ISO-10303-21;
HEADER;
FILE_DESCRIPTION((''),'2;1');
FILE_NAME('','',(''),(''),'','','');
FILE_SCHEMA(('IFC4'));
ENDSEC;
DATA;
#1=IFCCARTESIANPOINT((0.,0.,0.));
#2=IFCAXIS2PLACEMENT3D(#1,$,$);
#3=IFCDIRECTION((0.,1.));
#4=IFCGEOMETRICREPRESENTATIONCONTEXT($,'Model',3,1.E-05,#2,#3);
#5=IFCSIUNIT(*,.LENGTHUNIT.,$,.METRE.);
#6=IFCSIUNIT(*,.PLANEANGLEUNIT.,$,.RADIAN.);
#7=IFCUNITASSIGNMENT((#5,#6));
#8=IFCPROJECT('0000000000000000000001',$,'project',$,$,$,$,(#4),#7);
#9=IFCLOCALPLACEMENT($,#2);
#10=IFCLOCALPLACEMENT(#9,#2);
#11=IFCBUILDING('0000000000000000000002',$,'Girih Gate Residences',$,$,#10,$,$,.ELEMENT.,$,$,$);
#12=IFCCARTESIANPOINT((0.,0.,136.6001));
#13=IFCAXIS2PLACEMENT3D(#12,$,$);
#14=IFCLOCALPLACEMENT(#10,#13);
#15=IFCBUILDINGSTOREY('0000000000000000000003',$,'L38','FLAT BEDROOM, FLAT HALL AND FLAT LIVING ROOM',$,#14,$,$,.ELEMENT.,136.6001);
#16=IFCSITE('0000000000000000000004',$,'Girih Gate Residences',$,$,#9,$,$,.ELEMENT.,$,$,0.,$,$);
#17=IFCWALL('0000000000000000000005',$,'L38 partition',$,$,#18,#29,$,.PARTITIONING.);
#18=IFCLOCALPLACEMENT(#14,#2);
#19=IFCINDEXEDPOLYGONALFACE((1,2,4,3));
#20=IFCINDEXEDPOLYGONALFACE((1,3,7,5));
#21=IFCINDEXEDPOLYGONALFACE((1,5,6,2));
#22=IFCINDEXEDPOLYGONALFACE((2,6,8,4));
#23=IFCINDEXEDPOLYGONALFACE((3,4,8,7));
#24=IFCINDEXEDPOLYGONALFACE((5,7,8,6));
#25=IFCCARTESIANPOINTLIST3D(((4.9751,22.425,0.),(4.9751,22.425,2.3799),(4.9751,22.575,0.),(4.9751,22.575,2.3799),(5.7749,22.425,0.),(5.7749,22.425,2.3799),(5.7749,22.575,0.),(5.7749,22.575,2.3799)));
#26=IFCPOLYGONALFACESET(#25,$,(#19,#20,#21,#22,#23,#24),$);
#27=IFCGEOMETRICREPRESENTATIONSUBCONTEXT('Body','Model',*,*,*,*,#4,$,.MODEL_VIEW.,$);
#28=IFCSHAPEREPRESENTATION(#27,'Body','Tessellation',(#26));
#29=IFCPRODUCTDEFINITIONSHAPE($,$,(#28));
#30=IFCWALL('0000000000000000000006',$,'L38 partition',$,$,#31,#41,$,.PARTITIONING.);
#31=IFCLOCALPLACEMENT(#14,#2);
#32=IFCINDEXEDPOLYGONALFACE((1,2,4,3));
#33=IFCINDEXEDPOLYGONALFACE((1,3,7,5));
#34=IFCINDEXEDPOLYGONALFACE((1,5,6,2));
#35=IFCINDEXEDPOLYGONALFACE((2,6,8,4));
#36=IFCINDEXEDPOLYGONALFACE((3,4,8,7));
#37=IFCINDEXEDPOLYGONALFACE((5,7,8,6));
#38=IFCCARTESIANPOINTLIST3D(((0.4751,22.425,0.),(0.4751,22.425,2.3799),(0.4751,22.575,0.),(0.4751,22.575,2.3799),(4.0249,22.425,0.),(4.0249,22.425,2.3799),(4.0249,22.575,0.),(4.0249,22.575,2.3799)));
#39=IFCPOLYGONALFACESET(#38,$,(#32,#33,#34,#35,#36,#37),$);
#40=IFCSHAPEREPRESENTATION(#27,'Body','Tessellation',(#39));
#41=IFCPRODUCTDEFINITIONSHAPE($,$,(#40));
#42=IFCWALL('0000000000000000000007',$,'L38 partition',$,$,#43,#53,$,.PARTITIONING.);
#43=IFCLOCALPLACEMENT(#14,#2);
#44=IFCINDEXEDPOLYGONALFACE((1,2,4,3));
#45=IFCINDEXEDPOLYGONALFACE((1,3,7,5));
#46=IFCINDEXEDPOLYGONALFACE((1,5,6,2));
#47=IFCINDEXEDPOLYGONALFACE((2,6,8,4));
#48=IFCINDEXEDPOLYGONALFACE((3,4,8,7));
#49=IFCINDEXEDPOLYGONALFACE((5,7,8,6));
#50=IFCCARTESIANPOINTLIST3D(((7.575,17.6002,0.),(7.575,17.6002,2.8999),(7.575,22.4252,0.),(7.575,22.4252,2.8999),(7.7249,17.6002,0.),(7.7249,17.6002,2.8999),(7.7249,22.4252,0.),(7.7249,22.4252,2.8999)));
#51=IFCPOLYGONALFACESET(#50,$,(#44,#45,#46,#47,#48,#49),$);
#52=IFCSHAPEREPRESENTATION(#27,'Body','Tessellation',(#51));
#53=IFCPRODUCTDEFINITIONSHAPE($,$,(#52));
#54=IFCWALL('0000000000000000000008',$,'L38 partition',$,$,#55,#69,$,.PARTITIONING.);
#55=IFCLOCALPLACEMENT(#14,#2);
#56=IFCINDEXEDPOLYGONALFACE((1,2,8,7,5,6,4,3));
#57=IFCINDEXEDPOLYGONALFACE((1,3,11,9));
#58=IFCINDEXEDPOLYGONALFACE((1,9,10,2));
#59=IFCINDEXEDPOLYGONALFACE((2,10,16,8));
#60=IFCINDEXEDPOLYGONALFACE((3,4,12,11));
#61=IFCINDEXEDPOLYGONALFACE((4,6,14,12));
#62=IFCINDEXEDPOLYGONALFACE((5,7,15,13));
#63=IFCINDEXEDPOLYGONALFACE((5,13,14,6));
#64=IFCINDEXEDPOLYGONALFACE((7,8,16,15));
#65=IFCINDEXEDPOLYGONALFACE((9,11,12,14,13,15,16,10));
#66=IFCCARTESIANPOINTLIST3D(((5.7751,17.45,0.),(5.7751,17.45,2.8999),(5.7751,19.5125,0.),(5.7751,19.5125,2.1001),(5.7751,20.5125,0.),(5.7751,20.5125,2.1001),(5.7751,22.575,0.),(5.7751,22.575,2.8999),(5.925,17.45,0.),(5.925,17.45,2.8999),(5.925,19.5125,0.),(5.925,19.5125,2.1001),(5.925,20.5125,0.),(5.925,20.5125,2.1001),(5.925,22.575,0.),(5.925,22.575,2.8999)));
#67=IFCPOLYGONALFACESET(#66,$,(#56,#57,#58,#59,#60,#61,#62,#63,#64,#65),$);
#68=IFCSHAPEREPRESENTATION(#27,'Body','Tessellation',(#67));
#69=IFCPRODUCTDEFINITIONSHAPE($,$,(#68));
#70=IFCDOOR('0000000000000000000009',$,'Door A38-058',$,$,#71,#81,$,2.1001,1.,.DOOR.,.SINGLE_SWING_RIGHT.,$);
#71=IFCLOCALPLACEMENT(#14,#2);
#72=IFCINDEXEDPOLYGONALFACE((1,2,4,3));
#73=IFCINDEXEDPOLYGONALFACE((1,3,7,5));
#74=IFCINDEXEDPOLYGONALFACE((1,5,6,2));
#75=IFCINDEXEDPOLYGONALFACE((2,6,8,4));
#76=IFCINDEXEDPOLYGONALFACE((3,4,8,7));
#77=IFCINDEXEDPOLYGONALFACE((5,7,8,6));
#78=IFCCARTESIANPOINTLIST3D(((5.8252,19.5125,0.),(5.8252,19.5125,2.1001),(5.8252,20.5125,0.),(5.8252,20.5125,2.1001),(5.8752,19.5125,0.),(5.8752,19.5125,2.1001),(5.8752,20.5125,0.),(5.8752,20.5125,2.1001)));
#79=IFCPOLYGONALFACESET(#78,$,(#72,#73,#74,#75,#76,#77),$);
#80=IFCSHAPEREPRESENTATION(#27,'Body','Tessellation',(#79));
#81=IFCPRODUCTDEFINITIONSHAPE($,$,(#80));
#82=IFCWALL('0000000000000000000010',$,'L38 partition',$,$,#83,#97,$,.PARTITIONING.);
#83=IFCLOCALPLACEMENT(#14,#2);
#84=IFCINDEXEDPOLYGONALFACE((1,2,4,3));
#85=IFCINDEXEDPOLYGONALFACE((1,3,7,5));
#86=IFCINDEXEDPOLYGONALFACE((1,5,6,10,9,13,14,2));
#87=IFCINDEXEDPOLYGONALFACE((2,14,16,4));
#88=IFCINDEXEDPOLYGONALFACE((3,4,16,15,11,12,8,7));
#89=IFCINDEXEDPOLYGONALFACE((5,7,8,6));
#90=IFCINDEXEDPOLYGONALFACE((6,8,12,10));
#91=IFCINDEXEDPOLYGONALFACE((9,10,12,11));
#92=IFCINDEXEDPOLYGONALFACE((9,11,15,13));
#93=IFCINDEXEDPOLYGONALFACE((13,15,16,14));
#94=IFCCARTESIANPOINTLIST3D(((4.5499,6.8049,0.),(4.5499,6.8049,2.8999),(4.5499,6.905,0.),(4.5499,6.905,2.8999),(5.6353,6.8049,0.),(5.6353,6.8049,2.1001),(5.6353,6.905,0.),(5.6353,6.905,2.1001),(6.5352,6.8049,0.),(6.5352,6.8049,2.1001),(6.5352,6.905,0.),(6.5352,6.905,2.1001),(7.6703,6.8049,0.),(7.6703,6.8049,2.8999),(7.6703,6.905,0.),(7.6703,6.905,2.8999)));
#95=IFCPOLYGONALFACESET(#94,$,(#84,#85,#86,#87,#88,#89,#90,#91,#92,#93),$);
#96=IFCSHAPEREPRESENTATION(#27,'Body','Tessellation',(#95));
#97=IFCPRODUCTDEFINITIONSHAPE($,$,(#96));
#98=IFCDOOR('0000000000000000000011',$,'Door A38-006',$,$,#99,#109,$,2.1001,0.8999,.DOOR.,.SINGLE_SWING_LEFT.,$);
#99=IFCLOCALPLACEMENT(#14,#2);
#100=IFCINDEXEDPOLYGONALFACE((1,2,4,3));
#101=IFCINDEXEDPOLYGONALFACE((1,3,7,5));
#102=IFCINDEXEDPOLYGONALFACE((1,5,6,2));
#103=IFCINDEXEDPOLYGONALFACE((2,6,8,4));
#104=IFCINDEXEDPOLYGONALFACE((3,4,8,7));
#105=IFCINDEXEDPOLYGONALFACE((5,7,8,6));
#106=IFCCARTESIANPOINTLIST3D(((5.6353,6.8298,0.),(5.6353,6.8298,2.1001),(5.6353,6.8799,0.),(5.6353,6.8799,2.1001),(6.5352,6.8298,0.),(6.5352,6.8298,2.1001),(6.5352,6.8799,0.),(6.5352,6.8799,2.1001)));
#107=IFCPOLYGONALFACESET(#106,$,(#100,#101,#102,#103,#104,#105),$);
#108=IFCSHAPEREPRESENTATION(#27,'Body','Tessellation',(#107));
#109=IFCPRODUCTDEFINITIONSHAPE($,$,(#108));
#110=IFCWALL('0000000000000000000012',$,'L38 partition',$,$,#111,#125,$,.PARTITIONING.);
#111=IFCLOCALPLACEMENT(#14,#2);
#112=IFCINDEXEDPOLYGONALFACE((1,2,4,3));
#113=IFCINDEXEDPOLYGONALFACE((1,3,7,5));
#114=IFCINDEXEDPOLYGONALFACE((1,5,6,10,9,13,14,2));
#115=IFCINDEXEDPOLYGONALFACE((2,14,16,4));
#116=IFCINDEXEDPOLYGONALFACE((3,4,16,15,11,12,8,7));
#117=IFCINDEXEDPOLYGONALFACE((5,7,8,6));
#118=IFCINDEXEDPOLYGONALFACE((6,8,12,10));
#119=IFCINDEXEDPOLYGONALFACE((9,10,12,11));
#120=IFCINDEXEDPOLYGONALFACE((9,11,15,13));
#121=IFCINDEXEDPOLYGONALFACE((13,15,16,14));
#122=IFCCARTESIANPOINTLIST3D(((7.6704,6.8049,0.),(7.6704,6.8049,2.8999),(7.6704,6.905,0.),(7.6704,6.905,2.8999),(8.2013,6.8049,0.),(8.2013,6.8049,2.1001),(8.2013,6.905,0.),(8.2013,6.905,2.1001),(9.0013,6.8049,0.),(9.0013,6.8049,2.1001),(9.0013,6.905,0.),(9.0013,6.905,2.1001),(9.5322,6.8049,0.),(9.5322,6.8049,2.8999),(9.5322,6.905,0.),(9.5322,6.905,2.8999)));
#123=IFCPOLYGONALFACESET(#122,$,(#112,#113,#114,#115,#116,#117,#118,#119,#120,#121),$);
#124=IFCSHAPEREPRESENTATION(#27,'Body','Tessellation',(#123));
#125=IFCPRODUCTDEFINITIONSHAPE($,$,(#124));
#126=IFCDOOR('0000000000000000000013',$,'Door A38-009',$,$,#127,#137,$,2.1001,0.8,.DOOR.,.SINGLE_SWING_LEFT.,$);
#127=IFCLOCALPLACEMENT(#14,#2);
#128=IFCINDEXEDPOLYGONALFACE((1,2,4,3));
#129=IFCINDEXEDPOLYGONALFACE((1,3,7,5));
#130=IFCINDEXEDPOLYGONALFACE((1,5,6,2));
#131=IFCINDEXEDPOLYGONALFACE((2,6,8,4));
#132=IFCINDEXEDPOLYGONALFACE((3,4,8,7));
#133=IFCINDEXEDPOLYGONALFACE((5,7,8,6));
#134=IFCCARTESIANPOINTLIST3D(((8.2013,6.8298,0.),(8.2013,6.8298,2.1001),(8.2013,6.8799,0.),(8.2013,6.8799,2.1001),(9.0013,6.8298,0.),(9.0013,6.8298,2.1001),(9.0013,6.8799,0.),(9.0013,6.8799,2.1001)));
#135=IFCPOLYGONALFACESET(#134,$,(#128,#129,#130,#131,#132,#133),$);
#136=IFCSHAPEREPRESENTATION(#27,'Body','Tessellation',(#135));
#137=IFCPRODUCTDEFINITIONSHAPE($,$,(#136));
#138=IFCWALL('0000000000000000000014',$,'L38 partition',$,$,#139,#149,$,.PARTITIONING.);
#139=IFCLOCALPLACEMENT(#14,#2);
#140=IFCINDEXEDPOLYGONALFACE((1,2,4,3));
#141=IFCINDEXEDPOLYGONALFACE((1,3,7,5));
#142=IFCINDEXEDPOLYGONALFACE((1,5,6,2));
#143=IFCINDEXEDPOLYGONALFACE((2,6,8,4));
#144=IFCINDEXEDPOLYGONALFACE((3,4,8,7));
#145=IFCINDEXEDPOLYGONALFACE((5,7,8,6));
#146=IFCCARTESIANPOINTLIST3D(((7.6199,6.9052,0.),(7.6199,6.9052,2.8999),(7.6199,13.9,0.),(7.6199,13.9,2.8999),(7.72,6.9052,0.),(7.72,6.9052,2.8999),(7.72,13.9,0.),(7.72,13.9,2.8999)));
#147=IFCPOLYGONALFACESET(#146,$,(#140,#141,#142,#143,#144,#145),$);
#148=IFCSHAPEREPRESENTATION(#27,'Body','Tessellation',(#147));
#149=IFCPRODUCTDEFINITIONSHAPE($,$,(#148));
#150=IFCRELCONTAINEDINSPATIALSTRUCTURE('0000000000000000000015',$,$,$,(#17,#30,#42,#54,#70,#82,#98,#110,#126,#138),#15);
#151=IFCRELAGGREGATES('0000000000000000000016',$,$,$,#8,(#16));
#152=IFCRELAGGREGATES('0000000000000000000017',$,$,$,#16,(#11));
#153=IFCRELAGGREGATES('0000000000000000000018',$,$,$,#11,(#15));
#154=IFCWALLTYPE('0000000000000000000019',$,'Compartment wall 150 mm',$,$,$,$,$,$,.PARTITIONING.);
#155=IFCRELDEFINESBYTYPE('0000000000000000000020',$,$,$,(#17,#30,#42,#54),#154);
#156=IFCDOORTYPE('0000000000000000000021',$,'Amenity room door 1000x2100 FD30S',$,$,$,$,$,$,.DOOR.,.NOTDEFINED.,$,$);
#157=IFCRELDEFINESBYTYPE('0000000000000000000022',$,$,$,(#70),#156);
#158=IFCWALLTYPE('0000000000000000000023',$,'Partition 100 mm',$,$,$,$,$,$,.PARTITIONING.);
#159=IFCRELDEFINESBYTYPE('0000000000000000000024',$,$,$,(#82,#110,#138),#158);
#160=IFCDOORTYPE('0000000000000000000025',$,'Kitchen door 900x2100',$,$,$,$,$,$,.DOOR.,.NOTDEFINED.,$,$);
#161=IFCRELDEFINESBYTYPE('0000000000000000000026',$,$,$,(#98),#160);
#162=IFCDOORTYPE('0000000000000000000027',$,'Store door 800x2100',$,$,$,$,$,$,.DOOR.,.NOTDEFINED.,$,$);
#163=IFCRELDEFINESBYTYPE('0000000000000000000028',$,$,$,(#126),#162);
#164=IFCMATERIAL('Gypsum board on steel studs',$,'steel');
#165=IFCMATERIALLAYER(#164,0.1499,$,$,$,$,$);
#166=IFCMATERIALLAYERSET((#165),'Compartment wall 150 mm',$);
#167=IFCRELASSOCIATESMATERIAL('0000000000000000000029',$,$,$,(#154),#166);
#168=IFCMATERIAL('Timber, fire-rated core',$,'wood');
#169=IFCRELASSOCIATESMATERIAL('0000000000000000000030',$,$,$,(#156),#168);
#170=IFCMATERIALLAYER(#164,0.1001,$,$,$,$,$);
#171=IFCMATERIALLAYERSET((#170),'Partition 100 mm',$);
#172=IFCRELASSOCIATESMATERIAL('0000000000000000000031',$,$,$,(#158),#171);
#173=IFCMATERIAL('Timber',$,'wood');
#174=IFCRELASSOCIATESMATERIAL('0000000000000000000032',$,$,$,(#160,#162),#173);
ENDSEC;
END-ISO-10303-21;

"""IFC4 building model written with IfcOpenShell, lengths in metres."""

from ifc_helpers import new_model, si_unit, direction, frame, frame_2d, origin, place, context, subcontext, project, spatial, rectangle, extrude, material, layer, layer_set, type_object, element, fill, save


model = new_model("IFC4")

# Units and contexts
model_context = context("Model", 3, precision=1e-05, world=origin(), true_north=direction((0.0, 1.0)))
body_context = subcontext(model_context, "Body", "Model", "MODEL_VIEW")
ifc_project = project(units=[si_unit("LENGTHUNIT", "METRE"), si_unit("PLANEANGLEUNIT", "RADIAN")], contexts=[model_context])

# Site, building, storey
site_placement = place(None, origin())
site = spatial("IfcSite", under=ifc_project, at=site_placement, Name="Girih Gate Residences", CompositionType="ELEMENT", RefElevation=0.0)
building_placement = place(site_placement, origin())
building = spatial("IfcBuilding", under=site, at=building_placement, Name="Girih Gate Residences", CompositionType="ELEMENT")
storey_placement = place(building_placement, frame((0.0, 0.0, 136.6001)))
storey = spatial("IfcBuildingStorey", under=building, at=storey_placement, Name="L38", Description="FLAT BEDROOM, FLAT HALL AND FLAT LIVING ROOM", CompositionType="ELEMENT", Elevation=136.6001)

# Shared definitions
ifc_material_1 = material(Name="Gypsum board on steel studs", Category="steel")
ifc_layer_1 = layer(ifc_material_1, 0.1499)
ifc_layer_set_1 = layer_set([ifc_layer_1], Name="Compartment wall 150 mm")
wall_type_1 = type_object("IfcWallType", Name="Compartment wall 150 mm", PredefinedType="PARTITIONING", material=ifc_layer_set_1)

# Shared definitions
ifc_material_2 = material(Name="Timber", Category="wood")

# Walls
wall_1_placement = place(storey_placement, frame((4.9751, 22.5, 0.0), z_axis=(0.0, 0.0, 1.0), x_axis=(1.0, 0.0, 0.0)))
element("IfcWall", 1, at=wall_1_placement, inside=storey, type_object=wall_type_1, Name="L38 partition", PredefinedType="PARTITIONING", context=body_context, shape_type="SweptSolid", body=[
    extrude(rectangle(XDim=0.7998, YDim=0.1499, at=frame_2d((0.3999, 0.0))), origin(), (0.0, 0.0, 1.0), 2.3799),
])
wall_2_placement = place(storey_placement, frame((0.4751, 22.5, 0.0), z_axis=(0.0, 0.0, 1.0), x_axis=(1.0, 0.0, 0.0)))
element("IfcWall", 2, at=wall_2_placement, inside=storey, type_object=wall_type_1, Name="L38 partition", PredefinedType="PARTITIONING", context=body_context, shape_type="SweptSolid", body=[
    extrude(rectangle(XDim=3.5498, YDim=0.1499, at=frame_2d((1.7749, 0.0))), origin(), (0.0, 0.0, 1.0), 2.3799),
])
wall_3_placement = place(storey_placement, frame((7.6499, 17.6001, 0.0), z_axis=(0.0, 0.0, 1.0), x_axis=(0.0, 1.0, 0.0)))
element("IfcWall", 3, at=wall_3_placement, inside=storey, type_object=wall_type_1, Name="L38 partition", PredefinedType="PARTITIONING", context=body_context, shape_type="SweptSolid", body=[
    extrude(rectangle(XDim=4.825, YDim=0.1499, at=frame_2d((2.4126, 0.0))), origin(), (0.0, 0.0, 1.0), 2.8999),
])

# Walls, openings, doors
wall_4_placement = place(storey_placement, frame((5.8501, 17.45, 0.0), z_axis=(0.0, 0.0, 1.0), x_axis=(0.0, 1.0, 0.0)))
wall_4 = element("IfcWall", 4, at=wall_4_placement, inside=storey, type_object=wall_type_1, Name="L38 partition", PredefinedType="PARTITIONING", context=body_context, shape_type="SweptSolid", body=[
    extrude(rectangle(XDim=5.125, YDim=0.1499, at=frame_2d((2.5625, 0.0))), origin(), (0.0, 0.0, 1.0), 2.8999),
])
opening_1_placement = place(wall_4_placement, frame((2.0625, 0.0, 0.0)))
opening_1 = element("IfcOpeningElement", 5, at=opening_1_placement, cuts=wall_4, PredefinedType="OPENING", context=body_context, shape_type="SweptSolid", body=[
    extrude(rectangle(XDim=1.0, YDim=2.1001, at=frame_2d((0.5, 1.05))), frame((0.0, 0.085, 0.0), z_axis=(0.0, -1.0, 0.0), x_axis=(1.0, 0.0, 0.0)), (0.0, 0.0, 1.0), 0.1699),
])
ifc_material_3 = material(Name="Timber, fire-rated core", Category="wood")
door_type_1 = type_object("IfcDoorType", Name="Amenity room door 1000x2100 FD30S", OperationType="NOTDEFINED", PredefinedType="DOOR", material=ifc_material_3)
door_1_placement = place(opening_1_placement, origin())
door_1 = element("IfcDoor", 6, at=door_1_placement, inside=storey, type_object=door_type_1, Name="Door A38-058", OperationType="SINGLE_SWING_RIGHT", OverallHeight=2.1001, OverallWidth=1.0, PredefinedType="DOOR", context=body_context, shape_type="SweptSolid", body=[
    extrude(rectangle(XDim=1.0, YDim=2.1001, at=frame_2d((0.5, 1.05))), frame((0.0, 0.0249, 0.0), z_axis=(0.0, -1.0, 0.0), x_axis=(1.0, 0.0, 0.0)), (0.0, 0.0, 1.0), 0.05),
])
fill(opening_1, door_1)
ifc_layer_2 = layer(ifc_material_1, 0.1001)
ifc_layer_set_2 = layer_set([ifc_layer_2], Name="Partition 100 mm")
wall_type_2 = type_object("IfcWallType", Name="Partition 100 mm", PredefinedType="PARTITIONING", material=ifc_layer_set_2)
wall_5_placement = place(storey_placement, frame((4.55, 6.855, 0.0), z_axis=(0.0, 0.0, 1.0), x_axis=(1.0, 0.0, 0.0)))
wall_5 = element("IfcWall", 7, at=wall_5_placement, inside=storey, type_object=wall_type_2, Name="L38 partition", PredefinedType="PARTITIONING", context=body_context, shape_type="SweptSolid", body=[
    extrude(rectangle(XDim=3.1204, YDim=0.1001, at=frame_2d((1.5601, 0.0))), origin(), (0.0, 0.0, 1.0), 2.8999),
])
opening_2_placement = place(wall_5_placement, frame((1.0852, 0.0, 0.0)))
opening_2 = element("IfcOpeningElement", 8, at=opening_2_placement, cuts=wall_5, PredefinedType="OPENING", context=body_context, shape_type="SweptSolid", body=[
    extrude(rectangle(XDim=0.8999, YDim=2.1001, at=frame_2d((0.45, 1.05))), frame((0.0, 0.0601, 0.0), z_axis=(0.0, -1.0, 0.0), x_axis=(1.0, 0.0, 0.0)), (0.0, 0.0, 1.0), 0.1201),
])
door_type_2 = type_object("IfcDoorType", Name="Kitchen door 900x2100", OperationType="NOTDEFINED", PredefinedType="DOOR", material=ifc_material_2)
door_2_placement = place(opening_2_placement, origin())
door_2 = element("IfcDoor", 9, at=door_2_placement, inside=storey, type_object=door_type_2, Name="Door A38-006", OperationType="SINGLE_SWING_LEFT", OverallHeight=2.1001, OverallWidth=0.8999, PredefinedType="DOOR", context=body_context, shape_type="SweptSolid", body=[
    extrude(rectangle(XDim=0.8999, YDim=2.1001, at=frame_2d((0.45, 1.05))), frame((0.0, 0.0249, 0.0), z_axis=(0.0, -1.0, 0.0), x_axis=(1.0, 0.0, 0.0)), (0.0, 0.0, 1.0), 0.05),
])
fill(opening_2, door_2)
wall_6_placement = place(storey_placement, frame((7.6704, 6.855, 0.0), z_axis=(0.0, 0.0, 1.0), x_axis=(1.0, 0.0, 0.0)))
wall_6 = element("IfcWall", 10, at=wall_6_placement, inside=storey, type_object=wall_type_2, Name="L38 partition", PredefinedType="PARTITIONING", context=body_context, shape_type="SweptSolid", body=[
    extrude(rectangle(XDim=1.8618, YDim=0.1001, at=frame_2d((0.9309, 0.0))), origin(), (0.0, 0.0, 1.0), 2.8999),
])
opening_3_placement = place(wall_6_placement, frame((0.531, 0.0, 0.0)))
opening_3 = element("IfcOpeningElement", 11, at=opening_3_placement, cuts=wall_6, PredefinedType="OPENING", context=body_context, shape_type="SweptSolid", body=[
    extrude(rectangle(XDim=0.8, YDim=2.1001, at=frame_2d((0.3999, 1.05))), frame((0.0, 0.0601, 0.0), z_axis=(0.0, -1.0, 0.0), x_axis=(1.0, 0.0, 0.0)), (0.0, 0.0, 1.0), 0.1201),
])
door_type_3 = type_object("IfcDoorType", Name="Store door 800x2100", OperationType="NOTDEFINED", PredefinedType="DOOR", material=ifc_material_2)
door_3_placement = place(opening_3_placement, origin())
door_3 = element("IfcDoor", 12, at=door_3_placement, inside=storey, type_object=door_type_3, Name="Door A38-009", OperationType="SINGLE_SWING_LEFT", OverallHeight=2.1001, OverallWidth=0.8, PredefinedType="DOOR", context=body_context, shape_type="SweptSolid", body=[
    extrude(rectangle(XDim=0.8, YDim=2.1001, at=frame_2d((0.3999, 1.05))), frame((0.0, 0.0249, 0.0), z_axis=(0.0, -1.0, 0.0), x_axis=(1.0, 0.0, 0.0)), (0.0, 0.0, 1.0), 0.05),
])
fill(opening_3, door_3)

# Wall
wall_7_placement = place(storey_placement, frame((7.6699, 6.905, 0.0), z_axis=(0.0, 0.0, 1.0), x_axis=(0.0, 1.0, 0.0)))
element("IfcWall", 13, at=wall_7_placement, inside=storey, type_object=wall_type_2, Name="L38 partition", PredefinedType="PARTITIONING", context=body_context, shape_type="SweptSolid", body=[
    extrude(rectangle(XDim=6.9949, YDim=0.1001, at=frame_2d((3.4976, 0.0))), origin(), (0.0, 0.0, 1.0), 2.8999),
])

save(model, "model.ifc")
